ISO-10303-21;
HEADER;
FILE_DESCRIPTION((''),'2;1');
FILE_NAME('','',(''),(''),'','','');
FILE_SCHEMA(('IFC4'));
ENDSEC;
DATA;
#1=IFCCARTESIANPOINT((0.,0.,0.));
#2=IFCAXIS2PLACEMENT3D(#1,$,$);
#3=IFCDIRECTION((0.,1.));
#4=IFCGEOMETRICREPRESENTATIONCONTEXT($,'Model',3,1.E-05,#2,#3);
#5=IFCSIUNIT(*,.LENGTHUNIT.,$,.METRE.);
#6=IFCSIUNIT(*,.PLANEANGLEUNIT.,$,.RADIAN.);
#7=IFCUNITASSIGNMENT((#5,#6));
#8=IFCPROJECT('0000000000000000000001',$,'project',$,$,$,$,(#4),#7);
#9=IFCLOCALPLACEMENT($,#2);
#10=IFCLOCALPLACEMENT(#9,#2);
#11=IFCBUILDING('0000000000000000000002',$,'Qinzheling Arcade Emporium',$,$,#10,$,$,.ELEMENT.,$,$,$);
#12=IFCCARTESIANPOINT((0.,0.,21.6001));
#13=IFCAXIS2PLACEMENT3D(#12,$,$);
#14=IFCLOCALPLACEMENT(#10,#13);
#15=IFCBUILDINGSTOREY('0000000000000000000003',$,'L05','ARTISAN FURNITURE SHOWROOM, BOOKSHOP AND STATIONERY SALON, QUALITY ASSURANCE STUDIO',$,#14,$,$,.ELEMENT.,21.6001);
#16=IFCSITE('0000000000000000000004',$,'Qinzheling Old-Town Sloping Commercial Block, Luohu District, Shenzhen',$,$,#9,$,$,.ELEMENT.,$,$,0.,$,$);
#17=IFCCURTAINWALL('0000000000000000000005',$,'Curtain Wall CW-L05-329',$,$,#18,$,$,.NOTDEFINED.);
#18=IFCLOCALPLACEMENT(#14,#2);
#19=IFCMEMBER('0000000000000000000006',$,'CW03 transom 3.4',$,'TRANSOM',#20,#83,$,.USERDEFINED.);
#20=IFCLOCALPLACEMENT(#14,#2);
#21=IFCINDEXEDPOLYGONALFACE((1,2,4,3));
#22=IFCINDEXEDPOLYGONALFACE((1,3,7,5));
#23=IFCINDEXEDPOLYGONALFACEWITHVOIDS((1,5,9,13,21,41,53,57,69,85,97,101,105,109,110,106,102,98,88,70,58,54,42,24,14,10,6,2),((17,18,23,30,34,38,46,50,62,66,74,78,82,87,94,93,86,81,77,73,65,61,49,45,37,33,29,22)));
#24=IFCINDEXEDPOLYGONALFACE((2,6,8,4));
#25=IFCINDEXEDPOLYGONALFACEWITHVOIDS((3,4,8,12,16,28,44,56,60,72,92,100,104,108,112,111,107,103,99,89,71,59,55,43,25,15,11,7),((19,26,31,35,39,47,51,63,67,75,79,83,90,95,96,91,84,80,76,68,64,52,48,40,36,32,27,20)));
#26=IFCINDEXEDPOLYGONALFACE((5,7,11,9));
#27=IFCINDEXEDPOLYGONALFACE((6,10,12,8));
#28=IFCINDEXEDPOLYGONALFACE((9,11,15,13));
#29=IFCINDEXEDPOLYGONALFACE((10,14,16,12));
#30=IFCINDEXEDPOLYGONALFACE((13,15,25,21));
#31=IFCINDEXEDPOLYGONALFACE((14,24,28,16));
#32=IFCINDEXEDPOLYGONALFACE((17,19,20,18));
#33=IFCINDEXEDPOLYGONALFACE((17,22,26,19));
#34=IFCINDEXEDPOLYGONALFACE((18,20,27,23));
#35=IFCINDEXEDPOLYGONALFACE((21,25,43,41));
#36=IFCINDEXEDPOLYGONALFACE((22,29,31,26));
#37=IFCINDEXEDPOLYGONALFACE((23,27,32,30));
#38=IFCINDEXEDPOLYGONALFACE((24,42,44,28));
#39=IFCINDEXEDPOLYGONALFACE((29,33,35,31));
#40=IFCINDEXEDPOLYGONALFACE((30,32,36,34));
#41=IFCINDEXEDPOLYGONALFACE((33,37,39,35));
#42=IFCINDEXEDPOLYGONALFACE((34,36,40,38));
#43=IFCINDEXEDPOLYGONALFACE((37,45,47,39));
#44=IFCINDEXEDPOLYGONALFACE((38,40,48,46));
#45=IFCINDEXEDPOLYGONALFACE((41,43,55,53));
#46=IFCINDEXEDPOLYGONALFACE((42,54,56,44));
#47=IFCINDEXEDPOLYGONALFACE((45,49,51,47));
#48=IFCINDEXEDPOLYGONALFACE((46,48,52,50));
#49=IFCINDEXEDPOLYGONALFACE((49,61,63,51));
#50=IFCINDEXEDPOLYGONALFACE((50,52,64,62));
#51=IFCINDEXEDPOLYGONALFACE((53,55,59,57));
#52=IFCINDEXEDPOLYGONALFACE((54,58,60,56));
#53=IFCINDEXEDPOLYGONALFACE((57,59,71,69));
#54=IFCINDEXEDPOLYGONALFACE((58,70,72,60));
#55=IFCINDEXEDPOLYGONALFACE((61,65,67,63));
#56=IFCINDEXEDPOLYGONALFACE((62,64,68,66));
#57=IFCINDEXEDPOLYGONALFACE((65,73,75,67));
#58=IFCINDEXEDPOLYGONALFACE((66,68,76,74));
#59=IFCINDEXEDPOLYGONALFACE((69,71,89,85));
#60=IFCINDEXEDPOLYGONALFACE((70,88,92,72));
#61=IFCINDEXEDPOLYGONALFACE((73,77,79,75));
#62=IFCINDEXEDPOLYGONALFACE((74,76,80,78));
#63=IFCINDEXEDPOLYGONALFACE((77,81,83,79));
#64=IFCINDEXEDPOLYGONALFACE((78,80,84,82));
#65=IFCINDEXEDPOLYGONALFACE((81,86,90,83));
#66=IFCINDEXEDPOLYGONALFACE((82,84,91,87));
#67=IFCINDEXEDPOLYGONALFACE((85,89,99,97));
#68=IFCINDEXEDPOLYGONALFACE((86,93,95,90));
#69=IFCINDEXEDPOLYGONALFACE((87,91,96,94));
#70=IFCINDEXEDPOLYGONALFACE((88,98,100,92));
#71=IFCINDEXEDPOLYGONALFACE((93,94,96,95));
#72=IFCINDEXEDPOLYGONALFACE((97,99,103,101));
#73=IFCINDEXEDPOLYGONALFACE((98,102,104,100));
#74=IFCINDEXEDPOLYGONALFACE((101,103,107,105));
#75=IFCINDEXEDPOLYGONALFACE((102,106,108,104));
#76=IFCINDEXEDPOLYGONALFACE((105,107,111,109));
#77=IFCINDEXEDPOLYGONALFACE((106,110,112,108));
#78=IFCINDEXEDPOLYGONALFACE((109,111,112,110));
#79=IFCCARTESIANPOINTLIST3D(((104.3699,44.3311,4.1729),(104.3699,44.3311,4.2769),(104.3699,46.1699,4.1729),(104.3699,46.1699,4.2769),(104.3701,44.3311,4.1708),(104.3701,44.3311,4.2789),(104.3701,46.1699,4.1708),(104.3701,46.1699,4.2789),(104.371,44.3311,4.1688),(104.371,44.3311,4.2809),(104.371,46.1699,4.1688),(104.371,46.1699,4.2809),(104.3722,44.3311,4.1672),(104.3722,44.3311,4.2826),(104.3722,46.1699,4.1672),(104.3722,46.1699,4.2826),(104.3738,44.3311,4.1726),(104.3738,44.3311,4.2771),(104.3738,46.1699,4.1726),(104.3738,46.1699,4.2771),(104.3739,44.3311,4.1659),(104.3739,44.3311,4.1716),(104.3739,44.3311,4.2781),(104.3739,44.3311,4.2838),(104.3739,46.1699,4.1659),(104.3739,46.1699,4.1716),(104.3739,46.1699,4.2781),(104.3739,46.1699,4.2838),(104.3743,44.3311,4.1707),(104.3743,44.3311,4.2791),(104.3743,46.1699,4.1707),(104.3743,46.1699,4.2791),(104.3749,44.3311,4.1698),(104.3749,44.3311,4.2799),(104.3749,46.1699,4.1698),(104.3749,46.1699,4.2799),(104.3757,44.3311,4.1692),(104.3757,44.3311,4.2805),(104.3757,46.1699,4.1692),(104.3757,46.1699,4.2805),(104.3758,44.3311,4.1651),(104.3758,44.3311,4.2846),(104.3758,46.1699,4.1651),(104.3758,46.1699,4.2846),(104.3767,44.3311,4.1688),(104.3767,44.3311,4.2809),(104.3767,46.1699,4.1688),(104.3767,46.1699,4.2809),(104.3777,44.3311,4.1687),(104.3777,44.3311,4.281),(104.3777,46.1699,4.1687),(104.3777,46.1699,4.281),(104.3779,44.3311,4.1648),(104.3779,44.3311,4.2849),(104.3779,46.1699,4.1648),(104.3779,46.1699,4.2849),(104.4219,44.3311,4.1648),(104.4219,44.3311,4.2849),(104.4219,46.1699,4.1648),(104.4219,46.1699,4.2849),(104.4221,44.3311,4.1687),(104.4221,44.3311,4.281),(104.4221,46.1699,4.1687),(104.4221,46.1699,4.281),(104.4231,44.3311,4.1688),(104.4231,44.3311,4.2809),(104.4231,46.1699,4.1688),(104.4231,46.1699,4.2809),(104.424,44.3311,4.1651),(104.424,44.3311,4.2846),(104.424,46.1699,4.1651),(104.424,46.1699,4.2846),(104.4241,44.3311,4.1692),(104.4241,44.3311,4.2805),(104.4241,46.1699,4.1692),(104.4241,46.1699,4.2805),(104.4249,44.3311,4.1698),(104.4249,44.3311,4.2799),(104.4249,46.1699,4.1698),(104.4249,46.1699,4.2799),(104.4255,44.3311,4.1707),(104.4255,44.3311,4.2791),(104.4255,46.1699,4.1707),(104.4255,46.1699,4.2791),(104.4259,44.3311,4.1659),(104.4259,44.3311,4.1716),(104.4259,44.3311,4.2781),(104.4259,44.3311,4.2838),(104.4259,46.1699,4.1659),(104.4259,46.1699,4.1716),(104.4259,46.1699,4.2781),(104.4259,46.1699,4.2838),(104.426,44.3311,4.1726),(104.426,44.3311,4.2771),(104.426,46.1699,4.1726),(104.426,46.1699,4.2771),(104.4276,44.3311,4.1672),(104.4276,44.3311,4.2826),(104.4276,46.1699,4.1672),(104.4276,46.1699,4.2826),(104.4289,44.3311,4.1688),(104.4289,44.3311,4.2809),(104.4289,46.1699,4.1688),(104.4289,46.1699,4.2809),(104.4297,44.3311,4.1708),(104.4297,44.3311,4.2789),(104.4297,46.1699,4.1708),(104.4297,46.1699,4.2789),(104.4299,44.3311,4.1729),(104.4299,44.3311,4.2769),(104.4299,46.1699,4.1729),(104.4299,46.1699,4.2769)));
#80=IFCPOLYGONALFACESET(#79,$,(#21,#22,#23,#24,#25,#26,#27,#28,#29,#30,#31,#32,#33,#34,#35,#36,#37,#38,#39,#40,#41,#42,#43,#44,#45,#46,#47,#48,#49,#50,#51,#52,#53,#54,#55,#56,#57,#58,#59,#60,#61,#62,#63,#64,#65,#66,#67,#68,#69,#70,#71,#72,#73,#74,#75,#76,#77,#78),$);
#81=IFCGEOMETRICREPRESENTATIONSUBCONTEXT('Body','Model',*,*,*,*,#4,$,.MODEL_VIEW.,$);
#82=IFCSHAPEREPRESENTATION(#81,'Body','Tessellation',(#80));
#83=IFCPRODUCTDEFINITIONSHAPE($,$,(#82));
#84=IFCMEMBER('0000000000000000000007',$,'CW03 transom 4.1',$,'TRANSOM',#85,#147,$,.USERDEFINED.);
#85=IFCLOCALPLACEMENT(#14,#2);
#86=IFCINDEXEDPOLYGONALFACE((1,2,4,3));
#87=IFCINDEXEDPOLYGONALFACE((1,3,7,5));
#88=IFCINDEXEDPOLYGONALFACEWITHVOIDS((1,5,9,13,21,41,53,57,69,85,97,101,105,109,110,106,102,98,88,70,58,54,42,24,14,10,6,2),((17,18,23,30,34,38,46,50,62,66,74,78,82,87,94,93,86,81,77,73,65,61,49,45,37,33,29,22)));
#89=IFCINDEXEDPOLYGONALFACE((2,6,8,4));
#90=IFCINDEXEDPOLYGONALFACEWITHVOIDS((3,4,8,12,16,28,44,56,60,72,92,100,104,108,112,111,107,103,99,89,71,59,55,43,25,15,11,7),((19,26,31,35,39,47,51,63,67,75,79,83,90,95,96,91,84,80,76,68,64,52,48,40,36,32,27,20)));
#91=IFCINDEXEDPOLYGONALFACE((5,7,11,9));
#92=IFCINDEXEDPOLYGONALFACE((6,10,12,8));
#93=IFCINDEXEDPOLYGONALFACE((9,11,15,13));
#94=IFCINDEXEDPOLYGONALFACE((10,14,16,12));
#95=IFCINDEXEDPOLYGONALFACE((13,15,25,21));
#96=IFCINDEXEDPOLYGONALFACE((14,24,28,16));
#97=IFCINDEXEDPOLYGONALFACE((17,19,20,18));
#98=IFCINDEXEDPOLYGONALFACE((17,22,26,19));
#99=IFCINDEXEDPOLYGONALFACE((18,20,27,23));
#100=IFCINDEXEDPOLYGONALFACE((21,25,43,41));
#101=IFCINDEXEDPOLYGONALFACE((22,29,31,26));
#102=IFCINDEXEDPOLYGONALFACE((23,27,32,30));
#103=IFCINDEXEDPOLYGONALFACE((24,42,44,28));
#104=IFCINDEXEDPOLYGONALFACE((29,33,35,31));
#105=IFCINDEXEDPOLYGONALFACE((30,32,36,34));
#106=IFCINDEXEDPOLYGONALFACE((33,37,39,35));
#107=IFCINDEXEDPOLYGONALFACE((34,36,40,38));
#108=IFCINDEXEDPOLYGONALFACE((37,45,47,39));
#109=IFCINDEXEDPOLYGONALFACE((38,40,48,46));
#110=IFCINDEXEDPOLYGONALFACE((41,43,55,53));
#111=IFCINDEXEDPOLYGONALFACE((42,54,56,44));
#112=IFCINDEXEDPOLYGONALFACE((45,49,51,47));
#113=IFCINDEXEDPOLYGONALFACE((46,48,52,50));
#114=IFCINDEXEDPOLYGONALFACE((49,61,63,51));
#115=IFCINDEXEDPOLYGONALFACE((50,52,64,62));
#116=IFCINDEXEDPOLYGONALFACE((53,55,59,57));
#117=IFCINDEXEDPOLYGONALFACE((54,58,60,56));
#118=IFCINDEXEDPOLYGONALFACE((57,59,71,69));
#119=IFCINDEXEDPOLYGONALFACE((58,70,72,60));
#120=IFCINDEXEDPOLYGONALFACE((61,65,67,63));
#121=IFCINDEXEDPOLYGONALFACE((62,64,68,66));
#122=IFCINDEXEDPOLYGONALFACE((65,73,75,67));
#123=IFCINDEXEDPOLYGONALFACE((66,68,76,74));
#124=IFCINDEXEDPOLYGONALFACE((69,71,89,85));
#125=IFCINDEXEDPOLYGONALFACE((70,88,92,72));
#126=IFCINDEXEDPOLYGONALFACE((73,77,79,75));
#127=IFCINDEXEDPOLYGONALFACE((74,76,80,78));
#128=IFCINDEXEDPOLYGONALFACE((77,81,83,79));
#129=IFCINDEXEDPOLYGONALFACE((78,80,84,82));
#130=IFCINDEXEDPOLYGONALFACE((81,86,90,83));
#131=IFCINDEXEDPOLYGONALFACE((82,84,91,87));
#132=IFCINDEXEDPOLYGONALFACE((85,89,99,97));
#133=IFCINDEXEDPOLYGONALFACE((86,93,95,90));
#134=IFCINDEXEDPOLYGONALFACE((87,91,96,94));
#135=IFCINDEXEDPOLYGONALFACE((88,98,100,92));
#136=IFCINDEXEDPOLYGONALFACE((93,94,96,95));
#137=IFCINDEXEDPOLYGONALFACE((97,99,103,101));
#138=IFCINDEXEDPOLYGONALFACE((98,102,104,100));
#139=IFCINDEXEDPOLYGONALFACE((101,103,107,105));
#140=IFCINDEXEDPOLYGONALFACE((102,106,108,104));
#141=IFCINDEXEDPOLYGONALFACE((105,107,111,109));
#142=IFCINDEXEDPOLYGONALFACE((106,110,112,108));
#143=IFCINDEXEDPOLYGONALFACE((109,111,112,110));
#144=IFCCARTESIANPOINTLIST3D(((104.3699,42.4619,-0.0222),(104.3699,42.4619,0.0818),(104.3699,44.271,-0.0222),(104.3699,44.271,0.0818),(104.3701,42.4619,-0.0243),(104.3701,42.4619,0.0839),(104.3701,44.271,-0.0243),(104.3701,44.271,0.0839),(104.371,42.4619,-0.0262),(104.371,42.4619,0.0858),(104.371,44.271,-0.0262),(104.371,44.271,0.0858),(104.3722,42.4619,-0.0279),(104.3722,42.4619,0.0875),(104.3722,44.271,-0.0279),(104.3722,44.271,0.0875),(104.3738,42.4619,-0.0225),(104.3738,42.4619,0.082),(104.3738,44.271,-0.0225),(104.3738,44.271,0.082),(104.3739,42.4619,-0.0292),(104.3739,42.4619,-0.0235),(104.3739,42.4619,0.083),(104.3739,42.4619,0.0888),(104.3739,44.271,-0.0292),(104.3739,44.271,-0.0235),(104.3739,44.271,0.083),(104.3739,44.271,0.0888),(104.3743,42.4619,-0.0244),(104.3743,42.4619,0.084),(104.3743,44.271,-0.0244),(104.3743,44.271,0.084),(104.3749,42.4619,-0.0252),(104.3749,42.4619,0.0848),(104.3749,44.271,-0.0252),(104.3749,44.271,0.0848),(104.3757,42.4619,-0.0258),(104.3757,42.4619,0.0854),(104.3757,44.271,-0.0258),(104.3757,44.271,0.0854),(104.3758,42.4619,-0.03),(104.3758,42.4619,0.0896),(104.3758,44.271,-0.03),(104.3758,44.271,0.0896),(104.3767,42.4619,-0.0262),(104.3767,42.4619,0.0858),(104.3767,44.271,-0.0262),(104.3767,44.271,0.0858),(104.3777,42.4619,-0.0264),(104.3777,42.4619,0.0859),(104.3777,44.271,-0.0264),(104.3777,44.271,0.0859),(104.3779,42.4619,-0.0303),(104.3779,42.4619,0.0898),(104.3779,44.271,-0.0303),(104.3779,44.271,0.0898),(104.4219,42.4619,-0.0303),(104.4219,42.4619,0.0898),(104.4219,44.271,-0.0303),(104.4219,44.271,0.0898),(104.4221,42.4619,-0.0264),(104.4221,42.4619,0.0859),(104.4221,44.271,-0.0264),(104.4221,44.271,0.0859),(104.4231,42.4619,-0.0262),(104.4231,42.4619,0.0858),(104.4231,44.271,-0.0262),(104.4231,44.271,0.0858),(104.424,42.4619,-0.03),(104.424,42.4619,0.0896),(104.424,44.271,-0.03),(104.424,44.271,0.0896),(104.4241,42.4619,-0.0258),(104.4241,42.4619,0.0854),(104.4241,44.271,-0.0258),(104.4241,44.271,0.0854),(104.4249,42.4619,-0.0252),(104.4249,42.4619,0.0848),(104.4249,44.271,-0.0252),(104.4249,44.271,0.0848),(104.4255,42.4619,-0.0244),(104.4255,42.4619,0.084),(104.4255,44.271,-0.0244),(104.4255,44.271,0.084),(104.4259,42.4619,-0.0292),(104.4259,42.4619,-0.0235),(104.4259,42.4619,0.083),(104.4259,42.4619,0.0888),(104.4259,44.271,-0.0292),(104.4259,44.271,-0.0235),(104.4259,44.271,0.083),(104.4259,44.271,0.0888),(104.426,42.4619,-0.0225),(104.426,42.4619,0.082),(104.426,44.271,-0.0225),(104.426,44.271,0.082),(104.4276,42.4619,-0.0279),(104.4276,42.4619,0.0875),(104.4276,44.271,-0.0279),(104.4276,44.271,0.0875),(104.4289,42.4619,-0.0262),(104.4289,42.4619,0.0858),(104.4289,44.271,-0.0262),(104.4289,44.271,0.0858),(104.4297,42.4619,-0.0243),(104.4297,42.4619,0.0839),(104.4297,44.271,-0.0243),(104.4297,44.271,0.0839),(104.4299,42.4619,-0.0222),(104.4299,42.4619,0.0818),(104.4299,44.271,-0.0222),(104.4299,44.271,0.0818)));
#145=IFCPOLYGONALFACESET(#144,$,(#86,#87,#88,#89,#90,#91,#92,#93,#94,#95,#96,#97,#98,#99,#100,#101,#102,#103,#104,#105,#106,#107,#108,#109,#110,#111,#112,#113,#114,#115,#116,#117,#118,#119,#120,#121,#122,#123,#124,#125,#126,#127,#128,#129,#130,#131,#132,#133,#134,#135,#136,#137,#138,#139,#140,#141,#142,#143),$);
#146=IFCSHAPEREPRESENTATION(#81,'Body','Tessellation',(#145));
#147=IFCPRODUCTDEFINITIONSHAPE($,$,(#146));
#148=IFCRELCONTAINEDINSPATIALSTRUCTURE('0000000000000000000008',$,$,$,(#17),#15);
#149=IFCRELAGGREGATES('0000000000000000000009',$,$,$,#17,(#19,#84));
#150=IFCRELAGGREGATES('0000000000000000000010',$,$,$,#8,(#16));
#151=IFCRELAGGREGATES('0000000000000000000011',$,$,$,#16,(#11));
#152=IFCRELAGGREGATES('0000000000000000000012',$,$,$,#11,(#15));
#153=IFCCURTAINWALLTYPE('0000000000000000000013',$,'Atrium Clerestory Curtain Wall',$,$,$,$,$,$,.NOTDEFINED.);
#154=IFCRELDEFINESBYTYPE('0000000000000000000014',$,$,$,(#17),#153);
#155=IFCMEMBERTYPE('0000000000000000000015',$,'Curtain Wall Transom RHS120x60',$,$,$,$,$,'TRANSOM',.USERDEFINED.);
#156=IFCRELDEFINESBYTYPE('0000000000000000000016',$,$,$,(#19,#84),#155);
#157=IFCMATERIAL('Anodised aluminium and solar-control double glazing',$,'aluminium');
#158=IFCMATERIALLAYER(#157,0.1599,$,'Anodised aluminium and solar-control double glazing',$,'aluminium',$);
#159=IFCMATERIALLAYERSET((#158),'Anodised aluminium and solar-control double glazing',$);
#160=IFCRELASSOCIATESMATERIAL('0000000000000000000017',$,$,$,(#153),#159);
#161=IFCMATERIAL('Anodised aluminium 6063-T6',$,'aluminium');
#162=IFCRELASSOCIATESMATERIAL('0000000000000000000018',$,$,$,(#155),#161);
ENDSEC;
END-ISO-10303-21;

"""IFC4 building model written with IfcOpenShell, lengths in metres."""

from ifc_helpers import new_model, si_unit, direction, frame, origin, origin_2d, place, context, subcontext, project, spatial, hollow_rectangle, extrude, material, layer, layer_set, material_profile, profile_set, type_object, element, aggregate, save


model = new_model("IFC4")

# Units and contexts
model_context = context("Model", 3, precision=1e-05, world=origin(), true_north=direction((0.0, 1.0)))
body_context = subcontext(model_context, "Body", "Model", "MODEL_VIEW")
ifc_project = project(units=[si_unit("LENGTHUNIT", "METRE"), si_unit("PLANEANGLEUNIT", "RADIAN")], contexts=[model_context])

# Site, building, storey
site_placement = place(None, origin())
site = spatial("IfcSite", under=ifc_project, at=site_placement, Name="Qinzheling Old-Town Sloping Commercial Block, Luohu District, Shenzhen", CompositionType="ELEMENT", RefElevation=0.0)
building_placement = place(site_placement, origin())
building = spatial("IfcBuilding", under=site, at=building_placement, Name="Qinzheling Arcade Emporium", CompositionType="ELEMENT")
storey_placement = place(building_placement, frame((0.0, 0.0, 21.6001)))
storey = spatial("IfcBuildingStorey", under=building, at=storey_placement, Name="L05", Description="ARTISAN FURNITURE SHOWROOM, BOOKSHOP AND STATIONERY SALON, QUALITY ASSURANCE STUDIO", CompositionType="ELEMENT", Elevation=21.6001)

# Curtain wall, members
ifc_material_1 = material(Name="Anodised aluminium and solar-control double glazing", Category="aluminium")
ifc_layer_1 = layer(ifc_material_1, 0.1599, Name="Anodised aluminium and solar-control double glazing", Category="aluminium")
ifc_layer_set_1 = layer_set([ifc_layer_1], Name="Anodised aluminium and solar-control double glazing")
curtain_wall_type = type_object("IfcCurtainWallType", Name="Atrium Clerestory Curtain Wall", PredefinedType="NOTDEFINED", material=ifc_layer_set_1)
curtain_wall_placement = place(storey_placement, origin())
curtain_wall = element("IfcCurtainWall", 1, at=curtain_wall_placement, inside=storey, type_object=curtain_wall_type, Name="Curtain Wall CW-L05-329", PredefinedType="NOTDEFINED")
ifc_material_2 = material(Name="Anodised aluminium 6063-T6", Category="aluminium")
ifc_material_profile_1 = material_profile(ifc_material_2, hollow_rectangle(XDim=0.0601, YDim=0.1201, WallThickness=0.0039, InnerFilletRadius=0.0039, OuterFilletRadius=0.0081, at=origin_2d()), Name="RHS 120x60x4", Category="aluminium")
ifc_profile_set_1 = profile_set([ifc_material_profile_1], Name="Anodised aluminium 6063-T6")
member_type_1 = type_object("IfcMemberType", Name="Curtain Wall Transom RHS120x60", ElementType="TRANSOM", PredefinedType="USERDEFINED", material=ifc_profile_set_1)
member_1_placement = place(storey_placement, frame((104.3999, 46.1699, 4.2249), z_axis=(0.0, -1.0, 0.0), x_axis=(1.0, 0.0, 0.0)))
member_1 = element("IfcMember", 2, at=member_1_placement, type_object=member_type_1, Name="CW03 transom 3.4", ObjectType="TRANSOM", PredefinedType="USERDEFINED", context=body_context, shape_type="SweptSolid", body=[
    extrude(hollow_rectangle(XDim=0.0601, YDim=0.1201, WallThickness=0.0039, InnerFilletRadius=0.0039, OuterFilletRadius=0.0081, at=origin_2d()), origin(), (0.0, 0.0, 1.0), 1.8389),
])
member_2_placement = place(storey_placement, frame((104.3999, 44.271, 0.0298), z_axis=(0.0, -1.0, 0.0), x_axis=(1.0, 0.0, 0.0)))
member_2 = element("IfcMember", 3, at=member_2_placement, type_object=member_type_1, Name="CW03 transom 4.1", ObjectType="TRANSOM", PredefinedType="USERDEFINED", context=body_context, shape_type="SweptSolid", body=[
    extrude(hollow_rectangle(XDim=0.0601, YDim=0.1201, WallThickness=0.0039, InnerFilletRadius=0.0039, OuterFilletRadius=0.0081, at=origin_2d()), origin(), (0.0, 0.0, 1.0), 1.8091),
])
aggregate(curtain_wall, [member_1, member_2])

save(model, "model.ifc")
